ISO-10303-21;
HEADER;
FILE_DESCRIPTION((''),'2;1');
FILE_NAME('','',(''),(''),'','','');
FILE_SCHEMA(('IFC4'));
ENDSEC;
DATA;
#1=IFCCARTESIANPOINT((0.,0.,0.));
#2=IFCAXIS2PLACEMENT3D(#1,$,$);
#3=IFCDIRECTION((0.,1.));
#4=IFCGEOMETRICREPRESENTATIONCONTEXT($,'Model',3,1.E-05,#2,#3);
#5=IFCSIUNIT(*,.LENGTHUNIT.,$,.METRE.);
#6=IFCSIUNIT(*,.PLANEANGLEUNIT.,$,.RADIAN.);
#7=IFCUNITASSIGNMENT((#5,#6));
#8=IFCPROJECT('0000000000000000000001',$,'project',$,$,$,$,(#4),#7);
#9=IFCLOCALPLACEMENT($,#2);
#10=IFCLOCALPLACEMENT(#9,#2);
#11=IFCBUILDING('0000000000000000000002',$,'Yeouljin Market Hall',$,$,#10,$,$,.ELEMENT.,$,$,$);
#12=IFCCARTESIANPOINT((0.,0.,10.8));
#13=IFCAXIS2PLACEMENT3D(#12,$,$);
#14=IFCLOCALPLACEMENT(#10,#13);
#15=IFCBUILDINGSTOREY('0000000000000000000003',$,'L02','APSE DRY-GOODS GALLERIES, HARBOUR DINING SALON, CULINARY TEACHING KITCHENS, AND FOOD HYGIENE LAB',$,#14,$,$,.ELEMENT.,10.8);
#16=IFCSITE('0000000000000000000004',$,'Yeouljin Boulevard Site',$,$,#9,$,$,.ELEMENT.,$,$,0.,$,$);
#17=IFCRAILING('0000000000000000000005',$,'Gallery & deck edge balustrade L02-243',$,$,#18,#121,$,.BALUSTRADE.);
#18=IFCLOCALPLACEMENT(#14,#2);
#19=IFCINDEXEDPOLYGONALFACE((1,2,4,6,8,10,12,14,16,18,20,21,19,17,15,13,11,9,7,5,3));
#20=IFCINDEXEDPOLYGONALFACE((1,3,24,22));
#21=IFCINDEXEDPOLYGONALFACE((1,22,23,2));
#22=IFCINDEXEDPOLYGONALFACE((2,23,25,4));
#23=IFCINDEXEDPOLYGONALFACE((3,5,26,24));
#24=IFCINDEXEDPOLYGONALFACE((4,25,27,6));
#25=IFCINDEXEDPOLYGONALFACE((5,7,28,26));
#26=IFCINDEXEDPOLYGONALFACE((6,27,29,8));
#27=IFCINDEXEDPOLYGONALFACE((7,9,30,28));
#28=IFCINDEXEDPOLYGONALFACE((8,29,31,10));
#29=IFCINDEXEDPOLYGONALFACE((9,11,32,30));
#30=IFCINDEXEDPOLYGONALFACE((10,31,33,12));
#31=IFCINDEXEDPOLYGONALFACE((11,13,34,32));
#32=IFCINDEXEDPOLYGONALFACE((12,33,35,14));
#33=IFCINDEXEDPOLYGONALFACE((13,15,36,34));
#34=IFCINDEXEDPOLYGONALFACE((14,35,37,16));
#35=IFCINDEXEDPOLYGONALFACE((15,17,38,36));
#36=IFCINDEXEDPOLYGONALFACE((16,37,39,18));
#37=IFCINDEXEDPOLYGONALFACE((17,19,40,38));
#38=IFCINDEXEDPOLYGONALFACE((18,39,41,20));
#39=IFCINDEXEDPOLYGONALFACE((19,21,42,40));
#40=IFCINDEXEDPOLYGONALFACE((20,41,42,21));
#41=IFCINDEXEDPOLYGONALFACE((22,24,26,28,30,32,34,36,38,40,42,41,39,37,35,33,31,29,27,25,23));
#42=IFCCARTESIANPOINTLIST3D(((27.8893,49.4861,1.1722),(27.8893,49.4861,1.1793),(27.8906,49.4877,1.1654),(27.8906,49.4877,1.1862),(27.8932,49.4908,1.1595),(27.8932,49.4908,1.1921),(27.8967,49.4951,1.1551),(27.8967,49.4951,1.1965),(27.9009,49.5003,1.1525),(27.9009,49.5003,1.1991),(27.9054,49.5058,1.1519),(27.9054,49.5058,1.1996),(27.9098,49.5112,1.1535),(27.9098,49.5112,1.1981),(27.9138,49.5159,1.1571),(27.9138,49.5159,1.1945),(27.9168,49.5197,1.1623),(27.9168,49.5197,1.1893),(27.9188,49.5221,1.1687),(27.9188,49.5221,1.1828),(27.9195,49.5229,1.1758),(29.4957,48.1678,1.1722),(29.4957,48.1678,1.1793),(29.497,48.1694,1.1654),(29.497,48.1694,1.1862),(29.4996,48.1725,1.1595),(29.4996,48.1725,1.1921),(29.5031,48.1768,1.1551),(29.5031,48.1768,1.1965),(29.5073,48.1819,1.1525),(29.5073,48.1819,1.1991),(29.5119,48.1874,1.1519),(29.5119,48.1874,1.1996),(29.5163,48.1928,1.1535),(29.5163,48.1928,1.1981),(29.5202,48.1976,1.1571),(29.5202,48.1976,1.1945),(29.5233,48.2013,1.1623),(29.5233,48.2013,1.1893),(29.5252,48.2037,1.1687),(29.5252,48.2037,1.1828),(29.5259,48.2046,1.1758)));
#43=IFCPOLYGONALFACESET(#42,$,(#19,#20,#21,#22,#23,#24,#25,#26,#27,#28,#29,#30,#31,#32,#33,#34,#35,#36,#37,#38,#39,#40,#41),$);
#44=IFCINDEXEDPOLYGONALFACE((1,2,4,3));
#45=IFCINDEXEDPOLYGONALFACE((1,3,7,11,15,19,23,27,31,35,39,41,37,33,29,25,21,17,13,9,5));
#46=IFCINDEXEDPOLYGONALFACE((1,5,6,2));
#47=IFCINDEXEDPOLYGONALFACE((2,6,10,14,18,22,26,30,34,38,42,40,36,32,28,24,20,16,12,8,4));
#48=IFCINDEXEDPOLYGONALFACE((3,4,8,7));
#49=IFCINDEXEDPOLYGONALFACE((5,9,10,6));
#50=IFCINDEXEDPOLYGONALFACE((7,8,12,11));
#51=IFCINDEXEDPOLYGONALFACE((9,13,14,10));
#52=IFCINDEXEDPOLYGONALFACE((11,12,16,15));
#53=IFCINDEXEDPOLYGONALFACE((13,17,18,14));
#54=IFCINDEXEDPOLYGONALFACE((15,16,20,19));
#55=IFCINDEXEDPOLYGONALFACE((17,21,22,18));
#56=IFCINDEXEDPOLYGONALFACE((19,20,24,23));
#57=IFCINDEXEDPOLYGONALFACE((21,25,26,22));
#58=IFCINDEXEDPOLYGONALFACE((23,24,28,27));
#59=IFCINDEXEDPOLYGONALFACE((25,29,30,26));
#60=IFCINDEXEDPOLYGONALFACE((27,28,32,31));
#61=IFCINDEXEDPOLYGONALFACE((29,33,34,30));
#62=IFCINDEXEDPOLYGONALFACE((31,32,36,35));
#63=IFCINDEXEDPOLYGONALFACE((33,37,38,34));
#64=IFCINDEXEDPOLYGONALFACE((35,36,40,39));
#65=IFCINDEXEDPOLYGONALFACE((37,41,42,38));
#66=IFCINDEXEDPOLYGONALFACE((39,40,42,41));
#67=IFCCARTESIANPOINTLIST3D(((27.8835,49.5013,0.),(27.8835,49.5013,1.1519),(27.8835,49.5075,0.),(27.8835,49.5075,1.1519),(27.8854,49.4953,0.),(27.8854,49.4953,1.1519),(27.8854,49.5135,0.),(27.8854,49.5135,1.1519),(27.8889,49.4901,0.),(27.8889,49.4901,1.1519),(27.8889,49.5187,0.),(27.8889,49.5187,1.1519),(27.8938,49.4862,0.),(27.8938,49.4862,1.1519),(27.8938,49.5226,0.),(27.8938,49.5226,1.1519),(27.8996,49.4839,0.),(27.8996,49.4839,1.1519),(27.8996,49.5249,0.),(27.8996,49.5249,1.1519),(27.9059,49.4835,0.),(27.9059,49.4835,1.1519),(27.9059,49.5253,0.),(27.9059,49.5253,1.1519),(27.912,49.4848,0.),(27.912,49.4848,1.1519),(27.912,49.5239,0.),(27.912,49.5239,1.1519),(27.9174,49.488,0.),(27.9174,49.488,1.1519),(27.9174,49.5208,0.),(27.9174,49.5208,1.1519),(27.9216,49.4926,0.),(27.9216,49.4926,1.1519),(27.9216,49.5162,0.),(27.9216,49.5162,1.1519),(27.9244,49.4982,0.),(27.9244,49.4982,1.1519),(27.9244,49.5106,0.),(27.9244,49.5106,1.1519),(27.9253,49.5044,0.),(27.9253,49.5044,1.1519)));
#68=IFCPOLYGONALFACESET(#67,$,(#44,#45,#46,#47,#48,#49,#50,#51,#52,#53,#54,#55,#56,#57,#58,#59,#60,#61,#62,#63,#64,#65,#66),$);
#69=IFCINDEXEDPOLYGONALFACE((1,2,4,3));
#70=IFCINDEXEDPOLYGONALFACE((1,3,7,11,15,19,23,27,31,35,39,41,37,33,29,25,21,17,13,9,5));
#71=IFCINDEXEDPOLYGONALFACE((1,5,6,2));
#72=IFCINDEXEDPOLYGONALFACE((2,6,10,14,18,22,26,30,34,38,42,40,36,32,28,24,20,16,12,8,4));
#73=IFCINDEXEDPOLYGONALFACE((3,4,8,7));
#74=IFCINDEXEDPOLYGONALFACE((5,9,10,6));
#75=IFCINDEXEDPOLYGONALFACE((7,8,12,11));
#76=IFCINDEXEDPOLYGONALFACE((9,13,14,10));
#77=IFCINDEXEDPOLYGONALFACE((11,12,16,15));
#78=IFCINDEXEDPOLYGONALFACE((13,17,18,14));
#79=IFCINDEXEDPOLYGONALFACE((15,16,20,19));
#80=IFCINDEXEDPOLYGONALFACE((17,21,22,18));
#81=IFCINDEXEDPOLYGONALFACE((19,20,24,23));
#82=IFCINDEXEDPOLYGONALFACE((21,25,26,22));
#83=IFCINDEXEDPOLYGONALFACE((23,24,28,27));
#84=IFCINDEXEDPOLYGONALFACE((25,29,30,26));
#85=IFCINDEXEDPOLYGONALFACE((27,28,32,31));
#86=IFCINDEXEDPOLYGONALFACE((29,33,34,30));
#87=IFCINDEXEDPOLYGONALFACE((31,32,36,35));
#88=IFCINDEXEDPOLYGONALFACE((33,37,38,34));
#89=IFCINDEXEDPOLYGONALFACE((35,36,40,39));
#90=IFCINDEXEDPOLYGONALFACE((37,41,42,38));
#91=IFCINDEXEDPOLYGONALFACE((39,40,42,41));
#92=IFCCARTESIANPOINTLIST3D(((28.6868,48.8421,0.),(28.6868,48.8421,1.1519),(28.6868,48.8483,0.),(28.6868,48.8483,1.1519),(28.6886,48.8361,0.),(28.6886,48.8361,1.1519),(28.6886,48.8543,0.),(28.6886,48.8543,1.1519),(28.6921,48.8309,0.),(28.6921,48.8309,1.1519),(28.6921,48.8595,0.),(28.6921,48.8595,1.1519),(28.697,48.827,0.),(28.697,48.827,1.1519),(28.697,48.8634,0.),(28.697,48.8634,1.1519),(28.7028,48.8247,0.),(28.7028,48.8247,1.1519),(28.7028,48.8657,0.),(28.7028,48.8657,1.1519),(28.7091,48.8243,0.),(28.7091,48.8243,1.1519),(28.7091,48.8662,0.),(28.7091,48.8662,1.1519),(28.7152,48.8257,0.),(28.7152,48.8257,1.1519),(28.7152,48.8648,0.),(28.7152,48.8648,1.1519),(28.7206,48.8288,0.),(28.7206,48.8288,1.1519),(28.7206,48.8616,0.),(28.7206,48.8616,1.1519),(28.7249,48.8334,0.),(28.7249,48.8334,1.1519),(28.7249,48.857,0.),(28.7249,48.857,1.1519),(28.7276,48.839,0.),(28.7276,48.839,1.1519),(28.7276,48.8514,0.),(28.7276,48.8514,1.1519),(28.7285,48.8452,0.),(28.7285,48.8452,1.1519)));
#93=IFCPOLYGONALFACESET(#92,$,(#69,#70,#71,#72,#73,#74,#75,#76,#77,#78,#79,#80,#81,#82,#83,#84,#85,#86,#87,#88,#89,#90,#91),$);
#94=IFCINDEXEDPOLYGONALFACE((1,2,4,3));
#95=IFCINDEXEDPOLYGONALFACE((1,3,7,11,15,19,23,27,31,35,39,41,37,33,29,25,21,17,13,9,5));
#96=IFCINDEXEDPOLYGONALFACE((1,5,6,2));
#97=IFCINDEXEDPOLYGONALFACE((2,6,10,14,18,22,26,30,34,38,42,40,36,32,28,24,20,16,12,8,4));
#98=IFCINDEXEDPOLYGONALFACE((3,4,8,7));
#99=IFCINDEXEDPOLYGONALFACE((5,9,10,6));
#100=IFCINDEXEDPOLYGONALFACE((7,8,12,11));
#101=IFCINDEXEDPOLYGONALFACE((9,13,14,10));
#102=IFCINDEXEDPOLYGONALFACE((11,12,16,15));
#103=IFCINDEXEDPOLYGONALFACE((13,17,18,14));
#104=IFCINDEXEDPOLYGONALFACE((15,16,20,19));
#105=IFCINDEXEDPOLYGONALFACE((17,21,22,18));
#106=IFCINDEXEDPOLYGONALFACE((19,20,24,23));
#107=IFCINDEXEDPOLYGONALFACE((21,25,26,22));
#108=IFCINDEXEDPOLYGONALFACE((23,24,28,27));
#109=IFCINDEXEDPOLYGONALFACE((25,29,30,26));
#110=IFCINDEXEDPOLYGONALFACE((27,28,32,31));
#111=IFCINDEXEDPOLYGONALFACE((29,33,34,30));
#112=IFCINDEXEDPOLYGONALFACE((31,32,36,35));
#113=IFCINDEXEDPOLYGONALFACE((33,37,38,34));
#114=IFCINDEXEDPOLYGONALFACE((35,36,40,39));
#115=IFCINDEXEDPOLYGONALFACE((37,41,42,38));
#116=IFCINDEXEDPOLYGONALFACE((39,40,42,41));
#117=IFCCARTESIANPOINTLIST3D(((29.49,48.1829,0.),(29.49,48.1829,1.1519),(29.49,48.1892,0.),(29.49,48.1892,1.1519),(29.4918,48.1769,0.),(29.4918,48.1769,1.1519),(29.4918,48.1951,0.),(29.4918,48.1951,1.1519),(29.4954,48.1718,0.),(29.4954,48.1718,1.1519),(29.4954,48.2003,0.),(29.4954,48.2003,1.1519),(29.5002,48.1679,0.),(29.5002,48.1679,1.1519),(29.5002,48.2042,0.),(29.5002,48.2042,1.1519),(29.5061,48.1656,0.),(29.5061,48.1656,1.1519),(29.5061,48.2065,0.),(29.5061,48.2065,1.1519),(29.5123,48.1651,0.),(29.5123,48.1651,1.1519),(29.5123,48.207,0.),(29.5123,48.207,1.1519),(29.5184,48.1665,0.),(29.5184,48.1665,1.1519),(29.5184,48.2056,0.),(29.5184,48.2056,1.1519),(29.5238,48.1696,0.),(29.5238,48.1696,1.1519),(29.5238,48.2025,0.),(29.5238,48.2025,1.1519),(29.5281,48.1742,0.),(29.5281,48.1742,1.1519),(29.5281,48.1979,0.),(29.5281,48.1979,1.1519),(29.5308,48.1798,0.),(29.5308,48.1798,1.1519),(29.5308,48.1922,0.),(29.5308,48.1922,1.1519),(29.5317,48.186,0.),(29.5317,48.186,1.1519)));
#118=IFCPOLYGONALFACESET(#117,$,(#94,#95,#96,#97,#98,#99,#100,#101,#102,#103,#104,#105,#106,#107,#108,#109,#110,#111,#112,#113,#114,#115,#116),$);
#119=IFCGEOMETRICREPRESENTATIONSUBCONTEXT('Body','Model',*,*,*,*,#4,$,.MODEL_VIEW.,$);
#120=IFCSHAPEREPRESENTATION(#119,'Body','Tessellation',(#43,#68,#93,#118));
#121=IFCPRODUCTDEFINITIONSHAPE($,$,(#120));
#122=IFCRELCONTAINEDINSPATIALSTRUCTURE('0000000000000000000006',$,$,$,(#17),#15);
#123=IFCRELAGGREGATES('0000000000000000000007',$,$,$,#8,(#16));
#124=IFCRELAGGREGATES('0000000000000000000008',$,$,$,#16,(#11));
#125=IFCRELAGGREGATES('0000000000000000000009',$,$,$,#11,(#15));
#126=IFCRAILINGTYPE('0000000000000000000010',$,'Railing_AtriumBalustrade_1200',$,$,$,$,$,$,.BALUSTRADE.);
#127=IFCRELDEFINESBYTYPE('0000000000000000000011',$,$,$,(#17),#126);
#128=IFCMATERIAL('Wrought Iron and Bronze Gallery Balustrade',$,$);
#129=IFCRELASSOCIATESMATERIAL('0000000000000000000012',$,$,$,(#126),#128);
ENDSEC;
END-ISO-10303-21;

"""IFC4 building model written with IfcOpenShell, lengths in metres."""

from ifc_helpers import new_model, si_unit, direction, frame, origin, origin_2d, place, context, subcontext, project, spatial, circle, extrude, material, type_object, element, save


model = new_model("IFC4")

# Units and contexts
model_context = context("Model", 3, precision=1e-05, world=origin(), true_north=direction((0.0, 1.0)))
body_context = subcontext(model_context, "Body", "Model", "MODEL_VIEW")
ifc_project = project(units=[si_unit("LENGTHUNIT", "METRE"), si_unit("PLANEANGLEUNIT", "RADIAN")], contexts=[model_context])

# Site, building, storey
site_placement = place(None, origin())
site = spatial("IfcSite", under=ifc_project, at=site_placement, Name="Yeouljin Boulevard Site", CompositionType="ELEMENT", RefElevation=0.0)
building_placement = place(site_placement, origin())
building = spatial("IfcBuilding", under=site, at=building_placement, Name="Yeouljin Market Hall", CompositionType="ELEMENT")
storey_placement = place(building_placement, frame((0.0, 0.0, 10.8)))
storey = spatial("IfcBuildingStorey", under=building, at=storey_placement, Name="L02", Description="APSE DRY-GOODS GALLERIES, HARBOUR DINING SALON, CULINARY TEACHING KITCHENS, AND FOOD HYGIENE LAB", CompositionType="ELEMENT", Elevation=10.8)

# Railing
ifc_material_1 = material(Name="Wrought Iron and Bronze Gallery Balustrade")
railing_type = type_object("IfcRailingType", Name="Railing_AtriumBalustrade_1200", PredefinedType="BALUSTRADE", material=ifc_material_1)
railing_1_placement = place(storey_placement, frame((27.9043, 49.5044, 0.0)))
element("IfcRailing", 1, at=railing_1_placement, inside=storey, type_object=railing_type, Name="Gallery & deck edge balustrade L02-243", PredefinedType="BALUSTRADE", context=body_context, shape_type="SweptSolid", body=[
    extrude(circle(Radius=0.0239, at=origin_2d()), frame((0.0, 0.0, 1.1758), z_axis=(0.773014, -0.634389, 0.0), x_axis=(0.634389, 0.773014, 0.0)), (0.0, 0.0, 1.0), 2.0781),
    extrude(circle(Radius=0.021, at=origin_2d()), origin(), (0.0, 0.0, 1.0), 1.1519),
    extrude(circle(Radius=0.021, at=origin_2d()), frame((0.8032, -0.6592, 0.0)), (0.0, 0.0, 1.0), 1.1519),
    extrude(circle(Radius=0.021, at=origin_2d()), frame((1.6064, -1.3184, 0.0)), (0.0, 0.0, 1.0), 1.1519),
])

save(model, "model.ifc")
